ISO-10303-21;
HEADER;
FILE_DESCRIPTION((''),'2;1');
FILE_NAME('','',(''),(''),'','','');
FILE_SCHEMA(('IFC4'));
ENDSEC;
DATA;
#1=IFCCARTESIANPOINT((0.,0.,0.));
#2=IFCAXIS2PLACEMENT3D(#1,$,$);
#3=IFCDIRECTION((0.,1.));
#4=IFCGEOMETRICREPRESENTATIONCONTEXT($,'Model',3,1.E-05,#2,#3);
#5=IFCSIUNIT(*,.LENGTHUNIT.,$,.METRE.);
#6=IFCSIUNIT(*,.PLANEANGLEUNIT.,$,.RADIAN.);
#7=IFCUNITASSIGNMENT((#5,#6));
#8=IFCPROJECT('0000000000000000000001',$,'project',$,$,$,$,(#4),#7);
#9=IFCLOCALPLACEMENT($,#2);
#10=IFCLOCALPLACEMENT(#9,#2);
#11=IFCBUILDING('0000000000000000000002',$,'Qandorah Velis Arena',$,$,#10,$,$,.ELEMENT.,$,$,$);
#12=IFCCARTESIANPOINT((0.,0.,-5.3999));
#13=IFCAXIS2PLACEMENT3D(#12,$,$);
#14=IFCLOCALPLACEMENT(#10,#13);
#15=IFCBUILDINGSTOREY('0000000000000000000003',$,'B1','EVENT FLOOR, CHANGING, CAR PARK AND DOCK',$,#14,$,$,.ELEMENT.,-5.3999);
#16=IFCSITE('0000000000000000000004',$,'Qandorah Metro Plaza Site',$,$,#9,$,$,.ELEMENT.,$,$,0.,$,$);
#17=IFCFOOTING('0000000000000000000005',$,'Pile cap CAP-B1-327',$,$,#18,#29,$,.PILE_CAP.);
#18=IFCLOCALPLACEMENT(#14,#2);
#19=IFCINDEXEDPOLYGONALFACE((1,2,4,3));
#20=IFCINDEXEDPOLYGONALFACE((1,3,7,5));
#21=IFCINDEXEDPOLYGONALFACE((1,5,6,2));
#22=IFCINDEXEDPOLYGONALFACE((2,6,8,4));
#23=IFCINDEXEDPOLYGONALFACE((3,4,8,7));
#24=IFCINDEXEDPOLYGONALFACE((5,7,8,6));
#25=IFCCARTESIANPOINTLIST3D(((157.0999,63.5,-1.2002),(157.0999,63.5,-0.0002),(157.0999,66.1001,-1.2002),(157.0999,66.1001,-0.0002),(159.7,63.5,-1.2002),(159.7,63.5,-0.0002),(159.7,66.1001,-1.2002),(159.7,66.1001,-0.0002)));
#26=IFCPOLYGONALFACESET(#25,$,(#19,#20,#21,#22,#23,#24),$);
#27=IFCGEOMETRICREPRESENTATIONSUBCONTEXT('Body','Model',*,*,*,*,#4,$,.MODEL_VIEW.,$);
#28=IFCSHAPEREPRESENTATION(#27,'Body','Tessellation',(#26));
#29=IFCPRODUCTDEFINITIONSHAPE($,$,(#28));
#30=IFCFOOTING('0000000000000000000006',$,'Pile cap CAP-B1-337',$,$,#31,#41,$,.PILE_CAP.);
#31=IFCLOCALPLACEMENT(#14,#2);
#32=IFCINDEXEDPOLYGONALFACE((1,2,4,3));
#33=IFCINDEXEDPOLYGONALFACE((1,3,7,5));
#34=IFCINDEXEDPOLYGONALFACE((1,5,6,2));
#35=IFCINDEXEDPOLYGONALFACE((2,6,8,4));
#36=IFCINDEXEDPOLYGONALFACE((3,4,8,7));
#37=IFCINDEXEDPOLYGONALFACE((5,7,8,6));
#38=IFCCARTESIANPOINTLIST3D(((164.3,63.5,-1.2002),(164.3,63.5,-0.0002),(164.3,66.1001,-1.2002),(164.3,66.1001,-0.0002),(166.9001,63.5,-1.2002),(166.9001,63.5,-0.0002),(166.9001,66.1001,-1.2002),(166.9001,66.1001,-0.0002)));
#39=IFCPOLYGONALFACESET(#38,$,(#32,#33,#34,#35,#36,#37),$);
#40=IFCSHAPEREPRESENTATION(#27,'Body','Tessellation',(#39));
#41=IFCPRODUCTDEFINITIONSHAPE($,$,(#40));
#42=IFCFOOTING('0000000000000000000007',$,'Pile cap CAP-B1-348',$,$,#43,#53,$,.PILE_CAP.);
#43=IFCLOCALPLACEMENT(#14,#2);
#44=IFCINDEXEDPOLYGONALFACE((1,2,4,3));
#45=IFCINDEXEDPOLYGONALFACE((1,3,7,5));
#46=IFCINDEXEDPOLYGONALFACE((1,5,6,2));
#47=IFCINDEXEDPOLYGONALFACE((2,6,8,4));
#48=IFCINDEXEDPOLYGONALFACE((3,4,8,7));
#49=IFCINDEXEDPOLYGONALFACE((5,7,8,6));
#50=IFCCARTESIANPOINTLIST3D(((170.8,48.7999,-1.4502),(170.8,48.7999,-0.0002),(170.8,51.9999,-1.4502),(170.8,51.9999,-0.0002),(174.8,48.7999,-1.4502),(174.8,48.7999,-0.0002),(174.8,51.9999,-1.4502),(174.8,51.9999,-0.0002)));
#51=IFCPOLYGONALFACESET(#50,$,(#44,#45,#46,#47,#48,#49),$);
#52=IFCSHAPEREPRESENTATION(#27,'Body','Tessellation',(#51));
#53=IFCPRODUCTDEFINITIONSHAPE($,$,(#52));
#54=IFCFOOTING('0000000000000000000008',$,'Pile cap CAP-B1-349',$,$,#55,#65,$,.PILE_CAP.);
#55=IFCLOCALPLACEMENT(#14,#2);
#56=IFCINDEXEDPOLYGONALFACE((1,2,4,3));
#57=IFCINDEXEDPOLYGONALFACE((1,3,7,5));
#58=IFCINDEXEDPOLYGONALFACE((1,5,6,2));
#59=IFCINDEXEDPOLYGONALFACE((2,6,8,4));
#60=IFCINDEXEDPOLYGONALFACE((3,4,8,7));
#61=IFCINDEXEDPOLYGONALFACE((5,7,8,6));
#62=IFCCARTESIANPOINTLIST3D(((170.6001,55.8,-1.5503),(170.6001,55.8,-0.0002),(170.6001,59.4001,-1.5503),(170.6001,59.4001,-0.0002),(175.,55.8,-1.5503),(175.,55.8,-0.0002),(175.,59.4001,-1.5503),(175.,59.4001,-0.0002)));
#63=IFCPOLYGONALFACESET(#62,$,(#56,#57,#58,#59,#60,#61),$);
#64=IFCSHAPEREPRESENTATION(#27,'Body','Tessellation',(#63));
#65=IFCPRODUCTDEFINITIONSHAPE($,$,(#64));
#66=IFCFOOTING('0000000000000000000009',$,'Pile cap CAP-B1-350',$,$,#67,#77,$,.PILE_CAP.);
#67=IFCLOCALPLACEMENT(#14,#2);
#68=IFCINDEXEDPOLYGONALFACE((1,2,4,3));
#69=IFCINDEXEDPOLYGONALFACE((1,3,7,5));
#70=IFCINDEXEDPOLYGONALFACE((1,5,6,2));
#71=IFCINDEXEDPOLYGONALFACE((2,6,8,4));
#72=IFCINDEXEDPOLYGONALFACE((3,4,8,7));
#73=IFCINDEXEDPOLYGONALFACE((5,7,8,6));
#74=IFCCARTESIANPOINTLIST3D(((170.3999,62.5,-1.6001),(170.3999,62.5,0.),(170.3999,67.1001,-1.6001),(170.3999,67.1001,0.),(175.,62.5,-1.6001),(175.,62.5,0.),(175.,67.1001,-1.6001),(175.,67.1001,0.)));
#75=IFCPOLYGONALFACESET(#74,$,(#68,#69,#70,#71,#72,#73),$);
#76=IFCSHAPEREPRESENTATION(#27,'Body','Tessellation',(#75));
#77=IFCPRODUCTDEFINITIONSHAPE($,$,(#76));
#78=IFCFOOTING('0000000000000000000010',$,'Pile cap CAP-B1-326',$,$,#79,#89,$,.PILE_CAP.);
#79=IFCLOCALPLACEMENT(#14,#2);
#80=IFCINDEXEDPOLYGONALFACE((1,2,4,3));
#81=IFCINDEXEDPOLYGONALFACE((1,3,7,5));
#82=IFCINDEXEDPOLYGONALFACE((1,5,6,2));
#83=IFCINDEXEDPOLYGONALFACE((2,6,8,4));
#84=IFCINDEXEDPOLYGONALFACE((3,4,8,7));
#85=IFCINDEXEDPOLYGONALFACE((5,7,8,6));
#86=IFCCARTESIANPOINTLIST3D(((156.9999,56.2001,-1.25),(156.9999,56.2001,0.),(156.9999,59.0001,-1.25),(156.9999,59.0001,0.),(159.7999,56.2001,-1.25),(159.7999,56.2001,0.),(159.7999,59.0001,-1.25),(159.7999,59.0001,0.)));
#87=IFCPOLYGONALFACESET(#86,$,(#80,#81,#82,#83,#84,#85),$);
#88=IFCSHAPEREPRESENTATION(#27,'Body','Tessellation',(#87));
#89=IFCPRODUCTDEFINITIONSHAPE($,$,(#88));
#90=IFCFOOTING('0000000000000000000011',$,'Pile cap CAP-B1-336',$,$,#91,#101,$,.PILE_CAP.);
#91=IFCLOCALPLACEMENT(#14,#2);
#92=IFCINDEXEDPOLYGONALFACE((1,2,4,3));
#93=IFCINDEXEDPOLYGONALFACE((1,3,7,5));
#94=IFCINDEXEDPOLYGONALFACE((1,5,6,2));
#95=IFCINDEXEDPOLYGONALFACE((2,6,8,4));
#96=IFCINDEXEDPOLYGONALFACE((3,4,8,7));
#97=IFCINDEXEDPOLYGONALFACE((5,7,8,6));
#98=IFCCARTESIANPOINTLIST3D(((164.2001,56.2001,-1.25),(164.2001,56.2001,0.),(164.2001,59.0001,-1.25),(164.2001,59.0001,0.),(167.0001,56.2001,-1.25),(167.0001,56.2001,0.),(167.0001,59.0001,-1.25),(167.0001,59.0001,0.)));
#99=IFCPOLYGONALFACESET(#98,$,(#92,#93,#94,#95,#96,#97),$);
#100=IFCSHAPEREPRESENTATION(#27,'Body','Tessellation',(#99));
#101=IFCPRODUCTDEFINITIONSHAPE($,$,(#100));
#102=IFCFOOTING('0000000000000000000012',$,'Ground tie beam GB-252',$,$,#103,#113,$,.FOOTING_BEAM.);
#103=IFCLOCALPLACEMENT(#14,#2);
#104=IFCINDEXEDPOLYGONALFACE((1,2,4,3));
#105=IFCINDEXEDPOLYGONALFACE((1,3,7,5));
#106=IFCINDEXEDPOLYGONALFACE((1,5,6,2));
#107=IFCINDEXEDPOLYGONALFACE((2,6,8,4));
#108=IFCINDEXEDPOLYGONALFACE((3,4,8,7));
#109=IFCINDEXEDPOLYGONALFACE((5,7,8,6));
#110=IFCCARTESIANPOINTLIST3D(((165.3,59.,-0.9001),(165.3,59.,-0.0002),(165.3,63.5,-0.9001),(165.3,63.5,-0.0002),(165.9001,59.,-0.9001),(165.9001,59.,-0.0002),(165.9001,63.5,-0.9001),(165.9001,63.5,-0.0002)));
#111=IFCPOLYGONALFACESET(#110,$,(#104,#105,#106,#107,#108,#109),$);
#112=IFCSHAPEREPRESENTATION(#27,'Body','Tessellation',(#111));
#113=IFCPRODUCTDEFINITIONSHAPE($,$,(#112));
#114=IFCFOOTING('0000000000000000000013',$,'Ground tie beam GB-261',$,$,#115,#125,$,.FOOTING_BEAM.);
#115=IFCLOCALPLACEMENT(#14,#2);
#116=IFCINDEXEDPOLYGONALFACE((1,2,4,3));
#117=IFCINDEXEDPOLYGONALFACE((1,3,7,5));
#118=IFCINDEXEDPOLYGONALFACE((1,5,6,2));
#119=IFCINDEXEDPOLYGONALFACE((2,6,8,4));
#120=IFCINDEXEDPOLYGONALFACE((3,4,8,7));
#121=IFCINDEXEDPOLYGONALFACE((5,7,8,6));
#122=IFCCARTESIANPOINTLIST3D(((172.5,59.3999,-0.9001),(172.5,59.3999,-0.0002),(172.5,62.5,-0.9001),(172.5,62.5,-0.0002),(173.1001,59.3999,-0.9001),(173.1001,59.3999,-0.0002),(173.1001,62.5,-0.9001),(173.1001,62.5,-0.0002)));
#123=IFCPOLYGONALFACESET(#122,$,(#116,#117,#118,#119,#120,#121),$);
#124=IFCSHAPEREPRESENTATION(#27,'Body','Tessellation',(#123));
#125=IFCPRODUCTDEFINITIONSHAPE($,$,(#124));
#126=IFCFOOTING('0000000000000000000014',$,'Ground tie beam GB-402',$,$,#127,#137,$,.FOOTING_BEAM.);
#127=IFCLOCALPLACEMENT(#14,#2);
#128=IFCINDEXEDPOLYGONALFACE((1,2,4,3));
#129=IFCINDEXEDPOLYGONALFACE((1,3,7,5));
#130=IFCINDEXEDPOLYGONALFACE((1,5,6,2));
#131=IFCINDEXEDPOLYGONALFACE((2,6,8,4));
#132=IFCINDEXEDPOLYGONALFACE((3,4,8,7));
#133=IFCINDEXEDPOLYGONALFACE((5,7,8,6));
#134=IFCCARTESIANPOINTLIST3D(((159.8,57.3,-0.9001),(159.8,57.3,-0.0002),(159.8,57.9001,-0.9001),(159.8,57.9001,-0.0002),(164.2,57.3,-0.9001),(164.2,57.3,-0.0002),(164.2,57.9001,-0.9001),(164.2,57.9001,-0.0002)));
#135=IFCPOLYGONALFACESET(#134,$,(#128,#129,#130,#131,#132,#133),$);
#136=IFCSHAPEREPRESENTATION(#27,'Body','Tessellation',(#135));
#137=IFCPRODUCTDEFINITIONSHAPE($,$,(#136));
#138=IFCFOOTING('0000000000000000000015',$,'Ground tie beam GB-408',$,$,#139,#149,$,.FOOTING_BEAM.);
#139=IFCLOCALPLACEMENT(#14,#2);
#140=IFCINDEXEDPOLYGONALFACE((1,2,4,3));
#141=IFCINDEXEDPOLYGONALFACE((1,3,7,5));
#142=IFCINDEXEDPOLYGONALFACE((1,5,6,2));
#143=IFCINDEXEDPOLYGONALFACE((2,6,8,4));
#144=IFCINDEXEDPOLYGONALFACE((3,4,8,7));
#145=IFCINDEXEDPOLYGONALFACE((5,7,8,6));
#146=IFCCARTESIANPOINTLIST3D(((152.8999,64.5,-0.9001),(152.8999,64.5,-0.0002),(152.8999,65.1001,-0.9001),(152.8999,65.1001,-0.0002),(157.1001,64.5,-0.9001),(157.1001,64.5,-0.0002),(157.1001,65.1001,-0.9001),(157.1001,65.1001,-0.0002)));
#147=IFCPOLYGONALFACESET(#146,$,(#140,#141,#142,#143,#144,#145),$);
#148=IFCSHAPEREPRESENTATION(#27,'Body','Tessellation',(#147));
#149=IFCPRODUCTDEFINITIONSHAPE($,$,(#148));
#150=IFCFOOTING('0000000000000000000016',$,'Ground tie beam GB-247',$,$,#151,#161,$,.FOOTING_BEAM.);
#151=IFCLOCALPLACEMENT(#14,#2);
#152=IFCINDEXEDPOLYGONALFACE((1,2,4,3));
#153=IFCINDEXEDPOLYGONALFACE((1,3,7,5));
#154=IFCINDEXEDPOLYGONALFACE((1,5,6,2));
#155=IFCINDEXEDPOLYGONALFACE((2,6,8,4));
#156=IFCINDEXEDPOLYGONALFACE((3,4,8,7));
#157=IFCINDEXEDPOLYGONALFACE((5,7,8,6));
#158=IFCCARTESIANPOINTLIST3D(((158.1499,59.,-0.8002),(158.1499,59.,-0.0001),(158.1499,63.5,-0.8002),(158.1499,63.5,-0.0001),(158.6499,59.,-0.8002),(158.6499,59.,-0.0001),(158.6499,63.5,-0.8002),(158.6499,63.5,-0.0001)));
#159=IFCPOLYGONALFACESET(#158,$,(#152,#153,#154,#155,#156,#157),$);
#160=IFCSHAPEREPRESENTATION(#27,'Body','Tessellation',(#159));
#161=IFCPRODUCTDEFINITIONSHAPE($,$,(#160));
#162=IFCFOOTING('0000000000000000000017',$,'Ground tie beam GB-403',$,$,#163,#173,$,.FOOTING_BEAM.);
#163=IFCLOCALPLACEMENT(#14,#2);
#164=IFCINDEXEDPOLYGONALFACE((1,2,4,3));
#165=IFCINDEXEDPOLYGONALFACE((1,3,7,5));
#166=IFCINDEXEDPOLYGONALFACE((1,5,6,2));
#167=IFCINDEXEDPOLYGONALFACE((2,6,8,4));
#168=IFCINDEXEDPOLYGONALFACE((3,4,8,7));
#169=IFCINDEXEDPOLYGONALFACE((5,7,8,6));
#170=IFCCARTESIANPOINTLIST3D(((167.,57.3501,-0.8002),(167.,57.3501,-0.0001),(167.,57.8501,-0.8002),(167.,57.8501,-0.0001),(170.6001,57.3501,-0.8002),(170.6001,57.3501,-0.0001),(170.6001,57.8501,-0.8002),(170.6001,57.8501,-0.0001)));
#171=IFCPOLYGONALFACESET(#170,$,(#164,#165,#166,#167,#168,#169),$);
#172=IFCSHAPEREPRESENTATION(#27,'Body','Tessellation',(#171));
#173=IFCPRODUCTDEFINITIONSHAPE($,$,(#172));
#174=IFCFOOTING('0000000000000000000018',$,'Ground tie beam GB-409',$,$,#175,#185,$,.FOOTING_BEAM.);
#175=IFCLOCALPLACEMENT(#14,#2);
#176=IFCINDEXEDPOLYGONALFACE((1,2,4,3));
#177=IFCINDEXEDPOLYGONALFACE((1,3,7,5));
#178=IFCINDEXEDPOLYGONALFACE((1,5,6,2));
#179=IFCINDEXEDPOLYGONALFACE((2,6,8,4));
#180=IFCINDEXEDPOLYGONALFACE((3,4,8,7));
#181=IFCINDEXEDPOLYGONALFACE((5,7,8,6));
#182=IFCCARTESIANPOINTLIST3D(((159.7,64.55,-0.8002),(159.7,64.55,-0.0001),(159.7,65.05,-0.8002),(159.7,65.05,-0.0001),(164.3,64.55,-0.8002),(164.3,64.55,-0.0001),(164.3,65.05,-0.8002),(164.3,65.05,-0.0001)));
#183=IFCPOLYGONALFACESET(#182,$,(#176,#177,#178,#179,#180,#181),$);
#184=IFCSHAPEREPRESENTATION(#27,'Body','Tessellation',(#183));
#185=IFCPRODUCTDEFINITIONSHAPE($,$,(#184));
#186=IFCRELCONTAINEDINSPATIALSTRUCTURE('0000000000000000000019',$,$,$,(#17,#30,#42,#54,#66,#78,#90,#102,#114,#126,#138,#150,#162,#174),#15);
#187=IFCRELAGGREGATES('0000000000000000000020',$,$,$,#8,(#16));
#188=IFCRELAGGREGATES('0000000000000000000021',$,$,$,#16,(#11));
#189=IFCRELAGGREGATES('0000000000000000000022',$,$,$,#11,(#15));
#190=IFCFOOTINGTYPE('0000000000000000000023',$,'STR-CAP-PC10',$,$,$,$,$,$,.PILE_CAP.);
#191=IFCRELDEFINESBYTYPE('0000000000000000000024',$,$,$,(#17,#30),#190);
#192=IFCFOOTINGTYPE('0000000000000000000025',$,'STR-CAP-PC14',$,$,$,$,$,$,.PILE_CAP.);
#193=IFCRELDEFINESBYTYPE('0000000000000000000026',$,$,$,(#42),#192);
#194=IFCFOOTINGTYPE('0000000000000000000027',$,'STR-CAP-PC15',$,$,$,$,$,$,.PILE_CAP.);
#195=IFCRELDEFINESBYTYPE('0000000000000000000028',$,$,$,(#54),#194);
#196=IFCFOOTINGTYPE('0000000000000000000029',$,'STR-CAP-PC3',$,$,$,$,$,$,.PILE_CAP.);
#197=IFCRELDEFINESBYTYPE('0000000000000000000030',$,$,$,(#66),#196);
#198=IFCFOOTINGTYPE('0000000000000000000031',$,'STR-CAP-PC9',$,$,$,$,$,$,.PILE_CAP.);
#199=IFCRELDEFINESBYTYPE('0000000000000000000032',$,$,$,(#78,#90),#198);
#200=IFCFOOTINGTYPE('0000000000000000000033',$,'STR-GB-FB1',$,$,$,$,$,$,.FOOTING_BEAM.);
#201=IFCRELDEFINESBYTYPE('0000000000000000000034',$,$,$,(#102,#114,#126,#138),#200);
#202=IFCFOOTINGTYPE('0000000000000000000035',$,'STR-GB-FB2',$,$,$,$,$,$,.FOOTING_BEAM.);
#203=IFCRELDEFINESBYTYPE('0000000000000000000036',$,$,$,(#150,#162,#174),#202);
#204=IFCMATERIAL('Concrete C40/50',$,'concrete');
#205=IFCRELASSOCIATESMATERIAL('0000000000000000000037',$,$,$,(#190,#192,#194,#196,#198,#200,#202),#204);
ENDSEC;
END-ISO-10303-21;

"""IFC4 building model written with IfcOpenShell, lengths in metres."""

from ifc_helpers import new_model, si_unit, direction, frame, origin, origin_2d, place, context, subcontext, project, spatial, rectangle, extrude, material, material_profile, profile_set, type_object, element, save


model = new_model("IFC4")

# Units and contexts
model_context = context("Model", 3, precision=1e-05, world=origin(), true_north=direction((0.0, 1.0)))
body_context = subcontext(model_context, "Body", "Model", "MODEL_VIEW")
ifc_project = project(units=[si_unit("LENGTHUNIT", "METRE"), si_unit("PLANEANGLEUNIT", "RADIAN")], contexts=[model_context])

# Site, building, storey
site_placement = place(None, origin())
site = spatial("IfcSite", under=ifc_project, at=site_placement, Name="Qandorah Metro Plaza Site", CompositionType="ELEMENT", RefElevation=0.0)
building_placement = place(site_placement, origin())
building = spatial("IfcBuilding", under=site, at=building_placement, Name="Qandorah Velis Arena", CompositionType="ELEMENT")
storey_placement = place(building_placement, frame((0.0, 0.0, -5.3999)))
storey = spatial("IfcBuildingStorey", under=building, at=storey_placement, Name="B1", Description="EVENT FLOOR, CHANGING, CAR PARK AND DOCK", CompositionType="ELEMENT", Elevation=-5.3999)

# Footings
ifc_material_1 = material(Name="Concrete C40/50", Category="concrete")
footing_type_1 = type_object("IfcFootingType", Name="STR-CAP-PC10", PredefinedType="PILE_CAP", material=ifc_material_1)
for number, where, z_axis, x_axis, name in (
    (1, (158.3999, 64.8, -1.2002), (0.0, 0.0, 1.0), (1.0, 0.0, 0.0), "Pile cap CAP-B1-327"),
    (2, (165.6001, 64.8, -1.2002), (0.0, 0.0, 1.0), (1.0, 0.0, 0.0), "Pile cap CAP-B1-337"),
):
    element("IfcFooting", number, at=place(storey_placement, frame(where, z_axis=z_axis, x_axis=x_axis)), inside=storey, type_object=footing_type_1, Name=name, PredefinedType="PILE_CAP", context=body_context, shape_type="SweptSolid", body=[
        extrude(rectangle(XDim=2.6001, YDim=2.6001, at=origin_2d()), origin(), (0.0, 0.0, 1.0), 1.2),
    ])
footing_type_2 = type_object("IfcFootingType", Name="STR-CAP-PC14", PredefinedType="PILE_CAP", material=ifc_material_1)
footing_1_placement = place(storey_placement, frame((172.8, 50.3999, -1.4502), z_axis=(0.0, 0.0, 1.0), x_axis=(1.0, 0.0, 0.0)))
element("IfcFooting", 3, at=footing_1_placement, inside=storey, type_object=footing_type_2, Name="Pile cap CAP-B1-348", PredefinedType="PILE_CAP", context=body_context, shape_type="SweptSolid", body=[
    extrude(rectangle(XDim=4.0, YDim=3.2, at=origin_2d()), origin(), (0.0, 0.0, 1.0), 1.45),
])
footing_type_3 = type_object("IfcFootingType", Name="STR-CAP-PC15", PredefinedType="PILE_CAP", material=ifc_material_1)
footing_2_placement = place(storey_placement, frame((172.8, 57.6001, -1.5503), z_axis=(0.0, 0.0, 1.0), x_axis=(1.0, 0.0, 0.0)))
element("IfcFooting", 4, at=footing_2_placement, inside=storey, type_object=footing_type_3, Name="Pile cap CAP-B1-349", PredefinedType="PILE_CAP", context=body_context, shape_type="SweptSolid", body=[
    extrude(rectangle(XDim=4.3999, YDim=3.6001, at=origin_2d()), origin(), (0.0, 0.0, 1.0), 1.55),
])
footing_type_4 = type_object("IfcFootingType", Name="STR-CAP-PC3", PredefinedType="PILE_CAP", material=ifc_material_1)
footing_3_placement = place(storey_placement, frame((172.7, 64.8, -1.6001), z_axis=(0.0, 0.0, 1.0), x_axis=(1.0, 0.0, 0.0)))
element("IfcFooting", 5, at=footing_3_placement, inside=storey, type_object=footing_type_4, Name="Pile cap CAP-B1-350", PredefinedType="PILE_CAP", context=body_context, shape_type="SweptSolid", body=[
    extrude(rectangle(XDim=4.6001, YDim=4.6001, at=origin_2d()), origin(), (0.0, 0.0, 1.0), 1.6001),
])
footing_type_5 = type_object("IfcFootingType", Name="STR-CAP-PC9", PredefinedType="PILE_CAP", material=ifc_material_1)
for number, where, z_axis, x_axis, name in (
    (6, (158.3999, 57.6001, -1.25), (0.0, 0.0, 1.0), (1.0, 0.0, 0.0), "Pile cap CAP-B1-326"),
    (7, (165.6001, 57.6001, -1.25), (0.0, 0.0, 1.0), (1.0, 0.0, 0.0), "Pile cap CAP-B1-336"),
):
    element("IfcFooting", number, at=place(storey_placement, frame(where, z_axis=z_axis, x_axis=x_axis)), inside=storey, type_object=footing_type_5, Name=name, PredefinedType="PILE_CAP", context=body_context, shape_type="SweptSolid", body=[
        extrude(rectangle(XDim=2.8, YDim=2.8, at=origin_2d()), origin(), (0.0, 0.0, 1.0), 1.25),
    ])
ifc_material_profile_1 = material_profile(ifc_material_1, rectangle(XDim=0.6001, YDim=0.8999, at=origin_2d()), Name="GB1 600x900")
ifc_profile_set_1 = profile_set([ifc_material_profile_1], Name="Concrete C40/50")
footing_type_6 = type_object("IfcFootingType", Name="STR-GB-FB1", PredefinedType="FOOTING_BEAM", material=ifc_profile_set_1)
footing_4_placement = place(storey_placement, frame((165.6001, 59.0, -0.4502), z_axis=(0.0, 1.0, 0.0), x_axis=(-1.0, 0.0, 0.0)))
element("IfcFooting", 8, at=footing_4_placement, inside=storey, type_object=footing_type_6, Name="Ground tie beam GB-252", PredefinedType="FOOTING_BEAM", context=body_context, shape_type="SweptSolid", body=[
    extrude(rectangle(XDim=0.6001, YDim=0.8999, at=origin_2d()), origin(), (0.0, 0.0, 1.0), 4.5),
])
footing_5_placement = place(storey_placement, frame((172.8, 59.3999, -0.4502), z_axis=(0.0, 1.0, 0.0), x_axis=(-1.0, 0.0, 0.0)))
element("IfcFooting", 9, at=footing_5_placement, inside=storey, type_object=footing_type_6, Name="Ground tie beam GB-261", PredefinedType="FOOTING_BEAM", context=body_context, shape_type="SweptSolid", body=[
    extrude(rectangle(XDim=0.6001, YDim=0.8999, at=origin_2d()), origin(), (0.0, 0.0, 1.0), 3.1001),
])
footing_6_placement = place(storey_placement, frame((159.8, 57.6001, -0.4502), z_axis=(1.0, 0.0, 0.0), x_axis=(0.0, 1.0, 0.0)))
element("IfcFooting", 10, at=footing_6_placement, inside=storey, type_object=footing_type_6, Name="Ground tie beam GB-402", PredefinedType="FOOTING_BEAM", context=body_context, shape_type="SweptSolid", body=[
    extrude(rectangle(XDim=0.6001, YDim=0.8999, at=origin_2d()), origin(), (0.0, 0.0, 1.0), 4.3999),
])
footing_7_placement = place(storey_placement, frame((152.8999, 64.8, -0.4502), z_axis=(1.0, 0.0, 0.0), x_axis=(0.0, 1.0, 0.0)))
element("IfcFooting", 11, at=footing_7_placement, inside=storey, type_object=footing_type_6, Name="Ground tie beam GB-408", PredefinedType="FOOTING_BEAM", context=body_context, shape_type="SweptSolid", body=[
    extrude(rectangle(XDim=0.6001, YDim=0.8999, at=origin_2d()), origin(), (0.0, 0.0, 1.0), 4.2002),
])
ifc_material_profile_2 = material_profile(ifc_material_1, rectangle(XDim=0.5, YDim=0.8, at=origin_2d()), Name="GB2 500x800")
ifc_profile_set_2 = profile_set([ifc_material_profile_2], Name="Concrete C40/50")
footing_type_7 = type_object("IfcFootingType", Name="STR-GB-FB2", PredefinedType="FOOTING_BEAM", material=ifc_profile_set_2)
footing_8_placement = place(storey_placement, frame((158.3999, 59.0, -0.4001), z_axis=(0.0, 1.0, 0.0), x_axis=(-1.0, 0.0, 0.0)))
element("IfcFooting", 12, at=footing_8_placement, inside=storey, type_object=footing_type_7, Name="Ground tie beam GB-247", PredefinedType="FOOTING_BEAM", context=body_context, shape_type="SweptSolid", body=[
    extrude(rectangle(XDim=0.5, YDim=0.8, at=origin_2d()), origin(), (0.0, 0.0, 1.0), 4.5),
])
footing_9_placement = place(storey_placement, frame((167.0, 57.6001, -0.4001), z_axis=(1.0, 0.0, 0.0), x_axis=(0.0, 1.0, 0.0)))
element("IfcFooting", 13, at=footing_9_placement, inside=storey, type_object=footing_type_7, Name="Ground tie beam GB-403", PredefinedType="FOOTING_BEAM", context=body_context, shape_type="SweptSolid", body=[
    extrude(rectangle(XDim=0.5, YDim=0.8, at=origin_2d()), origin(), (0.0, 0.0, 1.0), 3.6001),
])
footing_10_placement = place(storey_placement, frame((159.7, 64.8, -0.4001), z_axis=(1.0, 0.0, 0.0), x_axis=(0.0, 1.0, 0.0)))
element("IfcFooting", 14, at=footing_10_placement, inside=storey, type_object=footing_type_7, Name="Ground tie beam GB-409", PredefinedType="FOOTING_BEAM", context=body_context, shape_type="SweptSolid", body=[
    extrude(rectangle(XDim=0.5, YDim=0.8, at=origin_2d()), origin(), (0.0, 0.0, 1.0), 4.6001),
])

save(model, "model.ifc")
